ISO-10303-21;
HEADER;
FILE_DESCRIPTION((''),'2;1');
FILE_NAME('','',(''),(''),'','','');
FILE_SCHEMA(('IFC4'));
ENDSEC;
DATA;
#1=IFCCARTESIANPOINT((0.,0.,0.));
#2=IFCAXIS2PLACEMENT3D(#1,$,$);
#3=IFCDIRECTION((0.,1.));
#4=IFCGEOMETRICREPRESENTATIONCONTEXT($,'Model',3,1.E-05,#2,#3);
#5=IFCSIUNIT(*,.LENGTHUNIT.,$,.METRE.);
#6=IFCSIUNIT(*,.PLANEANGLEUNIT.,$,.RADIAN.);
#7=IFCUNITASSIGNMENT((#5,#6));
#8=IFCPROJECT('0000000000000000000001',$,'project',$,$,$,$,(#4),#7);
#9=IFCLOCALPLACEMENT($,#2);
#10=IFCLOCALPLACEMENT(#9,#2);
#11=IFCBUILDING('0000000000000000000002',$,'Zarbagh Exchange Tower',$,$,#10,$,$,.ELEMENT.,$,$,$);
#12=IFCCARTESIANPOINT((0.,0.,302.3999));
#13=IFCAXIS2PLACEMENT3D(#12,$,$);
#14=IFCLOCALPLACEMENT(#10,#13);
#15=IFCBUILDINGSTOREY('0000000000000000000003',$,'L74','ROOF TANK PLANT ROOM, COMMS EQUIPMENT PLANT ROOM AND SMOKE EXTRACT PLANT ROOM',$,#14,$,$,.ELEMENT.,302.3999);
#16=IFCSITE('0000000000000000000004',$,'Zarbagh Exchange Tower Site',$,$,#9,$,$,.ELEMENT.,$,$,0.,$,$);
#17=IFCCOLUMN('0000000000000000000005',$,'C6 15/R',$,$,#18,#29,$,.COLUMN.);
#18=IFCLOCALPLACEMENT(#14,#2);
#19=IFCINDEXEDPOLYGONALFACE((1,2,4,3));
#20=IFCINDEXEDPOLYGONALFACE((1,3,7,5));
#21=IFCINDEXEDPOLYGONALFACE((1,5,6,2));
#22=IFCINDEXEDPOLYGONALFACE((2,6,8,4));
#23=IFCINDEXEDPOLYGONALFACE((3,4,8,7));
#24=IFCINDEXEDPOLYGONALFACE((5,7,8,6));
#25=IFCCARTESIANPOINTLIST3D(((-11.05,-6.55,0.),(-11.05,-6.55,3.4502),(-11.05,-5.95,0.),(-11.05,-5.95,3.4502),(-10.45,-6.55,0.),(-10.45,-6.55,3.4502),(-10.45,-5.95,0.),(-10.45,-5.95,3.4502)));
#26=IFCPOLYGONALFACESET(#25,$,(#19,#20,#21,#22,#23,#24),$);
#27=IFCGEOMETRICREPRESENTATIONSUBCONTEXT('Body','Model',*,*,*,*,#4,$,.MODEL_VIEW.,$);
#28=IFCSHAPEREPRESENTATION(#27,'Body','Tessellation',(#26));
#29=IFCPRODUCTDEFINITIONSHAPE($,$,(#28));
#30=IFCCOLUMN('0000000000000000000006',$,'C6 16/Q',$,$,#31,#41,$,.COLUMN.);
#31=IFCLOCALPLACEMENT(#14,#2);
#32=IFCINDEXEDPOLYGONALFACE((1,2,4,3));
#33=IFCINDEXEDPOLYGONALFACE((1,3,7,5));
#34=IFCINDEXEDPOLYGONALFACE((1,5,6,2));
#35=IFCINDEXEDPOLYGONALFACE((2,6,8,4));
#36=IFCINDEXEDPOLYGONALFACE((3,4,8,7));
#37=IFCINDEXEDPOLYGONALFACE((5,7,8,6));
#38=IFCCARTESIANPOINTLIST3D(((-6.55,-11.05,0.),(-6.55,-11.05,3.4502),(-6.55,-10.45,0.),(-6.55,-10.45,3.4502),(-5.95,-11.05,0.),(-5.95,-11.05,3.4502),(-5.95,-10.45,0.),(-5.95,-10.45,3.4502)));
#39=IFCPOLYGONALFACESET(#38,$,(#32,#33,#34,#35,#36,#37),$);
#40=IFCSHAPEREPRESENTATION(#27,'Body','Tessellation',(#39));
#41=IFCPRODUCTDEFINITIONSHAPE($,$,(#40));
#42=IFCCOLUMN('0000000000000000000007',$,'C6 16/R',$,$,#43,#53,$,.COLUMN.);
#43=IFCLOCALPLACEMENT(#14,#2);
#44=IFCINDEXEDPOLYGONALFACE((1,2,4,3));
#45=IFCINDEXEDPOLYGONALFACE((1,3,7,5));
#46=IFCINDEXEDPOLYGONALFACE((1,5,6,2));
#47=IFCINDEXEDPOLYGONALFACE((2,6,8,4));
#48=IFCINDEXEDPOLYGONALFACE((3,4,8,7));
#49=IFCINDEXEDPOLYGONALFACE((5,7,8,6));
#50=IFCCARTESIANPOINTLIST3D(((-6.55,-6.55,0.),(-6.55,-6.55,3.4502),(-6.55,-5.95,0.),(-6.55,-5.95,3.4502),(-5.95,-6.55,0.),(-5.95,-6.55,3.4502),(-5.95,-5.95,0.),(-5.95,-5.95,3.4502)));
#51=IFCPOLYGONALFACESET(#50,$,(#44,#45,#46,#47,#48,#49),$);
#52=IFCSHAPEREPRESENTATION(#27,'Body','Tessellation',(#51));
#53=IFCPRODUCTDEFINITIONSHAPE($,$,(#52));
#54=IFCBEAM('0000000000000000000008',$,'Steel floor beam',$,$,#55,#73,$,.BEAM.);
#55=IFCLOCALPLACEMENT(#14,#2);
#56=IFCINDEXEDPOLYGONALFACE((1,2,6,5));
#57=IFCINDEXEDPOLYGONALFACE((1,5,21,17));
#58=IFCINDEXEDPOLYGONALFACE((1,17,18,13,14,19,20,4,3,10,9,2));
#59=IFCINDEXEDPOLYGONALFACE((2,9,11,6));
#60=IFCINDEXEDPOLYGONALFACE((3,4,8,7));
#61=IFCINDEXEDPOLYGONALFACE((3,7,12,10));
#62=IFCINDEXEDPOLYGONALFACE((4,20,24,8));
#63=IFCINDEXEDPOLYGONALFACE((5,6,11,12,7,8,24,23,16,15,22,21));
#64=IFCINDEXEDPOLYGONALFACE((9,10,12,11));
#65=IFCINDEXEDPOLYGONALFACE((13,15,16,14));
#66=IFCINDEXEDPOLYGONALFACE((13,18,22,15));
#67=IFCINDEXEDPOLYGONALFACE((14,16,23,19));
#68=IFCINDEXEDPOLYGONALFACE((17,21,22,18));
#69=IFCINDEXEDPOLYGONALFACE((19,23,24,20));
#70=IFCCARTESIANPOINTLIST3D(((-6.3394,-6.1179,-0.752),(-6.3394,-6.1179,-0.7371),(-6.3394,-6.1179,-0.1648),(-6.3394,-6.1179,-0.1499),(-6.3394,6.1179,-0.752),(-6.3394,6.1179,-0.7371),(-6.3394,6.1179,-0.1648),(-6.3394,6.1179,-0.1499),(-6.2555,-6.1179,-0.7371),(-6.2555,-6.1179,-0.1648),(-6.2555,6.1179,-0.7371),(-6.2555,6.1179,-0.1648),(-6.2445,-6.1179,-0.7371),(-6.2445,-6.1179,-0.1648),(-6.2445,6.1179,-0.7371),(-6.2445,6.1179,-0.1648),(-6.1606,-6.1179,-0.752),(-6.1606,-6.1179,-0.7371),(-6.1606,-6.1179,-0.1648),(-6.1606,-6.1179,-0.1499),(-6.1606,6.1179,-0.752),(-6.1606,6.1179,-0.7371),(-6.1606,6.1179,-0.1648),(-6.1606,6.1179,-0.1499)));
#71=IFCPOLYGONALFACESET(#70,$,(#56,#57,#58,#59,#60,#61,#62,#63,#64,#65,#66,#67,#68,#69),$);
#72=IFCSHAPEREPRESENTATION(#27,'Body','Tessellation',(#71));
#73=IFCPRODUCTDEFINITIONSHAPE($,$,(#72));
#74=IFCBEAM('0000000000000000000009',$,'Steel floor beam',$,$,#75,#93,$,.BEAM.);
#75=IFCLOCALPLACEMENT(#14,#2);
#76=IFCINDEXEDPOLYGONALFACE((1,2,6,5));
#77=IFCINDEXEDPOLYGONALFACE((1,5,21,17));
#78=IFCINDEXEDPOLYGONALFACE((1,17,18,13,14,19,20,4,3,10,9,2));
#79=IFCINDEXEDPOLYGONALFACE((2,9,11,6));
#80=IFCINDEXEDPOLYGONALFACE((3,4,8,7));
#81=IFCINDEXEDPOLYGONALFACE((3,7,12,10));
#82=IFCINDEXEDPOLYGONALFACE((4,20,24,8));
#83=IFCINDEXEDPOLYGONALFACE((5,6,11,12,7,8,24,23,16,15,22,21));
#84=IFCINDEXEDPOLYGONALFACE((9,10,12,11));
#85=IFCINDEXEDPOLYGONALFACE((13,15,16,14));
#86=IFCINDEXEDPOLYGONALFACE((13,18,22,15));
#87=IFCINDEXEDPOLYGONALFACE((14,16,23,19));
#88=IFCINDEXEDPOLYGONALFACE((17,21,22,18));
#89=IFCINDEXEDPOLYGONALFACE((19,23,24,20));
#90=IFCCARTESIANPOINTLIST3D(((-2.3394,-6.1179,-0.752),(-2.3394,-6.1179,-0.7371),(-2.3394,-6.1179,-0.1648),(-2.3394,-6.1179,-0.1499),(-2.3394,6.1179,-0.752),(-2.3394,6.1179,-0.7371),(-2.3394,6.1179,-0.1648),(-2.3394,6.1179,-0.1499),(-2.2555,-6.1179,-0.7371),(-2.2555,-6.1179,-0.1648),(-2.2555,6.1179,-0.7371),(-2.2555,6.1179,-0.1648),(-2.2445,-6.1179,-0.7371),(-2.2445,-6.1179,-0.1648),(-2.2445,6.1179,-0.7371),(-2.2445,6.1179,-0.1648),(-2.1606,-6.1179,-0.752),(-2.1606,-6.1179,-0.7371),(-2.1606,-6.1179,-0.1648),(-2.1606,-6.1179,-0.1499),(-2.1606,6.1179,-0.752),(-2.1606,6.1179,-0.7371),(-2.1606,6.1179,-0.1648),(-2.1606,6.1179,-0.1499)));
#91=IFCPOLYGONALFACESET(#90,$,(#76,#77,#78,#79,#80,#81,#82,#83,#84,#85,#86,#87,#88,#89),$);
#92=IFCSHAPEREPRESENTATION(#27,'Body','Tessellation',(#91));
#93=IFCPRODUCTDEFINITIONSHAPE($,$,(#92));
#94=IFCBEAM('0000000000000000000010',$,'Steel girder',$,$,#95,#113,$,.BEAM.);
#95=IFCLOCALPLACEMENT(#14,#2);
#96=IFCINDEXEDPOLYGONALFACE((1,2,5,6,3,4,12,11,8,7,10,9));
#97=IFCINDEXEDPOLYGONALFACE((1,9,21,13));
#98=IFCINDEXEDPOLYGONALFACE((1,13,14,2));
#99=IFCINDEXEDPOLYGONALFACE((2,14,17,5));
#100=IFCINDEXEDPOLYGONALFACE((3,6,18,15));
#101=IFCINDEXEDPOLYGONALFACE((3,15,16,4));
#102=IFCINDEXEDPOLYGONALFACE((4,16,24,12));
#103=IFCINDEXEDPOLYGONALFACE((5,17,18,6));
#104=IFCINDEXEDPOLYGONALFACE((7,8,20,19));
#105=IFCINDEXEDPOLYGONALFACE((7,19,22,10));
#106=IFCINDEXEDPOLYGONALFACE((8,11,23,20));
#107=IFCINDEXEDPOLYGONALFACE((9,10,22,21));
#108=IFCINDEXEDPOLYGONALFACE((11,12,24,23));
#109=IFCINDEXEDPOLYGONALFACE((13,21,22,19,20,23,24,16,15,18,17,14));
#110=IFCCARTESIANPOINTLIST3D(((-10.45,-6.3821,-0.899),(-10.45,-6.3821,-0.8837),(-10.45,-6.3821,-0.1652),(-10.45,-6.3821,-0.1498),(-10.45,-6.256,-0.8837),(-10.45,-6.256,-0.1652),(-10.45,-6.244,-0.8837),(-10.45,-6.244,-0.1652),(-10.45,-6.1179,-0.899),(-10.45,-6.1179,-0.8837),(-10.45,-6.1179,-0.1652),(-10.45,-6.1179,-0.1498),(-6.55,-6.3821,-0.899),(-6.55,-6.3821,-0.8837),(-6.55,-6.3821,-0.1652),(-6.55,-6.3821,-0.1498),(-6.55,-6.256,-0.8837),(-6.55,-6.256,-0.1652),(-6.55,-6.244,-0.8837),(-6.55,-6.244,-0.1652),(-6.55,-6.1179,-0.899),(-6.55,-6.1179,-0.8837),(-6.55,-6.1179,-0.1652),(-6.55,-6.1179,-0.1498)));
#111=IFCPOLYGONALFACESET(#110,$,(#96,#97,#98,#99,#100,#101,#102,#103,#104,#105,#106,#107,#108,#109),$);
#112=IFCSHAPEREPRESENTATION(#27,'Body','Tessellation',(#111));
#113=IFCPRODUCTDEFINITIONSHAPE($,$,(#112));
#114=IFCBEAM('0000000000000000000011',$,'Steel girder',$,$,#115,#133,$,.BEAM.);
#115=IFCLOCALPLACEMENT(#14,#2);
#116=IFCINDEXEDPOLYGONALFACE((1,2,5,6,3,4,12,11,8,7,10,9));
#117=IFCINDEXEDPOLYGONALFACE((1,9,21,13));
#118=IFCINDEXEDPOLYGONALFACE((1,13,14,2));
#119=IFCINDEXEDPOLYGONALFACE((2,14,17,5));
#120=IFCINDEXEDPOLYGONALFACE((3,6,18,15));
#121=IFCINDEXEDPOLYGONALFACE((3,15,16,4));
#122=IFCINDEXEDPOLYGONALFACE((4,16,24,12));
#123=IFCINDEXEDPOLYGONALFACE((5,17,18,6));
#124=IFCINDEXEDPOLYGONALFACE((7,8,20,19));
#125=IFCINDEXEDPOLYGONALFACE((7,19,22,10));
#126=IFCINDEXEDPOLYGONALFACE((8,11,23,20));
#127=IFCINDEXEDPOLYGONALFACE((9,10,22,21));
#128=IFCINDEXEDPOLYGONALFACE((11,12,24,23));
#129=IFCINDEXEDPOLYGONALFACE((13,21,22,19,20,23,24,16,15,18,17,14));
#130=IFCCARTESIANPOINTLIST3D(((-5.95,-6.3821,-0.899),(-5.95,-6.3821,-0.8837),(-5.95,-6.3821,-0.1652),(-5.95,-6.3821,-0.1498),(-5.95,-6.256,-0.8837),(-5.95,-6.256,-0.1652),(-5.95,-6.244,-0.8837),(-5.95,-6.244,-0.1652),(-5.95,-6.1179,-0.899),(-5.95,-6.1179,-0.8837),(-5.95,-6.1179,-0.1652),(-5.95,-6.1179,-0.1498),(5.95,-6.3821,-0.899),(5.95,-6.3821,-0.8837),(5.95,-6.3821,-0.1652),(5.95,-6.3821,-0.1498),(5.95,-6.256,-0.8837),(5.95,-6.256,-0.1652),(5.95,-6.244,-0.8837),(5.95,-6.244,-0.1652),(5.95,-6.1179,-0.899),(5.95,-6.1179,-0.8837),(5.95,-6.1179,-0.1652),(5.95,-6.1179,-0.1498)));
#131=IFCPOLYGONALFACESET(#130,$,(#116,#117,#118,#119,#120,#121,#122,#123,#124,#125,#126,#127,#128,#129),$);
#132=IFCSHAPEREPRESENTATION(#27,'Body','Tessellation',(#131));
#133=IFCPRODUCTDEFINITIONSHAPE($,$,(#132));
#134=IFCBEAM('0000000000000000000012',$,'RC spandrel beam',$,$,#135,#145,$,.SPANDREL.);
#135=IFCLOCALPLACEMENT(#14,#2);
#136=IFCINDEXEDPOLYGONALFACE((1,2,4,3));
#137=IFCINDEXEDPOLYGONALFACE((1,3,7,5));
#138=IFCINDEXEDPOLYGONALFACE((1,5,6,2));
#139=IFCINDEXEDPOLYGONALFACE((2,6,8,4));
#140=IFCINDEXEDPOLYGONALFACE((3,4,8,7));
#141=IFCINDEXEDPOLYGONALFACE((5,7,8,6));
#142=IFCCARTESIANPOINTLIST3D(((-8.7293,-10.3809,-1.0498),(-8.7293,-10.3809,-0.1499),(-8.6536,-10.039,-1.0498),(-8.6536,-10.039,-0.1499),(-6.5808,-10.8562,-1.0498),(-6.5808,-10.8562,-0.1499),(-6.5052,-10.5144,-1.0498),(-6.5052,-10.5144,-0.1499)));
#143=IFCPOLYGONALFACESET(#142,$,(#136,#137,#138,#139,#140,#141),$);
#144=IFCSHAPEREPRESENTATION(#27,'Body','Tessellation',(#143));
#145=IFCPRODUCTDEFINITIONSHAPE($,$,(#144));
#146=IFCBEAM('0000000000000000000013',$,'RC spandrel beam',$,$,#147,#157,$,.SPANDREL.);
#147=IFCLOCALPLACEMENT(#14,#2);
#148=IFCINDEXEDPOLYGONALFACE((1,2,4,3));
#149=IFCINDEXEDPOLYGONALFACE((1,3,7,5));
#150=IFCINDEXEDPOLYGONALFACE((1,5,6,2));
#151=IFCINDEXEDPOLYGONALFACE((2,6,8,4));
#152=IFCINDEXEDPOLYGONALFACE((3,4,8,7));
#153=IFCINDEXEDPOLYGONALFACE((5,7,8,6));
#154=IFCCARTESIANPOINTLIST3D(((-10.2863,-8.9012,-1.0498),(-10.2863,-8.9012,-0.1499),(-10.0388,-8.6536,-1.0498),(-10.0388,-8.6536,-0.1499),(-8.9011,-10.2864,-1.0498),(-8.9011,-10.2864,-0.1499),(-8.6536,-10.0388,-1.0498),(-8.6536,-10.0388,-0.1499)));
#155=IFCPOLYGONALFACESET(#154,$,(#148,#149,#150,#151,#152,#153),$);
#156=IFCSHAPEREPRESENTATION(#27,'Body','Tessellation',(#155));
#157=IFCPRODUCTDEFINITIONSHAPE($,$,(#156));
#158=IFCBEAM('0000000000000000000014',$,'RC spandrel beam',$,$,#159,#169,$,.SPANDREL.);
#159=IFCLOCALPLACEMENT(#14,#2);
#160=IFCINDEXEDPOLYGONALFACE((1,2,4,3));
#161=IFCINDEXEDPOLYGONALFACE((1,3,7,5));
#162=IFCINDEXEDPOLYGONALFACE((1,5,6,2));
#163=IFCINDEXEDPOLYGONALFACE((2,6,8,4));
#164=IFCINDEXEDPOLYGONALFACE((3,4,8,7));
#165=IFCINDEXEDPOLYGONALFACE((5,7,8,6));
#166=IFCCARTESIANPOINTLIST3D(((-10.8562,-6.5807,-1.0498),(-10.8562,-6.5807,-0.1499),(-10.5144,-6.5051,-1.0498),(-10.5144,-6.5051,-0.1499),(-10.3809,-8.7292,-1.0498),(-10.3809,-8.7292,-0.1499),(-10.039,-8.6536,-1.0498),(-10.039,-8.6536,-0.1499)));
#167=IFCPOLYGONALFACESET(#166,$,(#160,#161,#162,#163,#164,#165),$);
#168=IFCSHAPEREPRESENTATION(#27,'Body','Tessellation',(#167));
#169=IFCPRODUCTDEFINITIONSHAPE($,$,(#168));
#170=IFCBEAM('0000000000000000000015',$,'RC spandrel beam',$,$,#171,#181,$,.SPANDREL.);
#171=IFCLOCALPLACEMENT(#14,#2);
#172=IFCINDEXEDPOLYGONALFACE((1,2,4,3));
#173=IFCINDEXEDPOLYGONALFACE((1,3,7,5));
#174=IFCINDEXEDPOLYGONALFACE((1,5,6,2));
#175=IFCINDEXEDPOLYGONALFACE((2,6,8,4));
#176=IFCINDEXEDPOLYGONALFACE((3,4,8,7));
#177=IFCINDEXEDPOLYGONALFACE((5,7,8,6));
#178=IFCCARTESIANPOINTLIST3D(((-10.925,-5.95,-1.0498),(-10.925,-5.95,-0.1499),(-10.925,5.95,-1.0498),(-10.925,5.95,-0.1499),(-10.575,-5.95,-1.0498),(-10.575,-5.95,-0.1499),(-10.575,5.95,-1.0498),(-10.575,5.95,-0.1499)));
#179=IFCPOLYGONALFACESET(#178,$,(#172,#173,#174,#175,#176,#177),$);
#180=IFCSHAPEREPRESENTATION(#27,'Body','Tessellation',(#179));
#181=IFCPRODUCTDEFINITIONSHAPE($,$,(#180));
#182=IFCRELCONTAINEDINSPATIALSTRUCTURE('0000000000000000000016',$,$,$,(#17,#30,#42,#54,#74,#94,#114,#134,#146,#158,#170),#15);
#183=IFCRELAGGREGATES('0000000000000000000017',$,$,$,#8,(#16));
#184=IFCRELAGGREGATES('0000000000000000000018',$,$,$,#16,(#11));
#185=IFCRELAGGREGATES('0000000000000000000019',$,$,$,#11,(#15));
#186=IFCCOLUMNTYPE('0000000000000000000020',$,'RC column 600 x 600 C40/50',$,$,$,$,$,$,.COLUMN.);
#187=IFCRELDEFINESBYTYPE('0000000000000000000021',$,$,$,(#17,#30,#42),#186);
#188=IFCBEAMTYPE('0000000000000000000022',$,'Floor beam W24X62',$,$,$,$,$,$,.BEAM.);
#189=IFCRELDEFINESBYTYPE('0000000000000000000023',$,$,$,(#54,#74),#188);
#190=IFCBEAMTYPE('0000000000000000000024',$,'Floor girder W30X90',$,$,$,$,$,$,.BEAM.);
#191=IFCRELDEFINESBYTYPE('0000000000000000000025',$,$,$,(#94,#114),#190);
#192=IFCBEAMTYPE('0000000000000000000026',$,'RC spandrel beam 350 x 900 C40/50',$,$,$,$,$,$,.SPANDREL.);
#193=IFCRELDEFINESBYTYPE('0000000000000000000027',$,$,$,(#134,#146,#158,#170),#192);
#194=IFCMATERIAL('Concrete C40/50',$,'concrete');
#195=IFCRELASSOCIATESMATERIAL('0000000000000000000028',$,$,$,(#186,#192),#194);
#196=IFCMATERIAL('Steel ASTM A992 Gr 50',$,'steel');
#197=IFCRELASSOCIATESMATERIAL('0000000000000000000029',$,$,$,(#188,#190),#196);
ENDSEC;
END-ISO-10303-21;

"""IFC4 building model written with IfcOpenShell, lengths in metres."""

from ifc_helpers import new_model, si_unit, direction, frame, origin, origin_2d, place, context, subcontext, project, spatial, rectangle, i_section, extrude, material, material_profile, profile_set, type_object, element, save


model = new_model("IFC4")

# Units and contexts
model_context = context("Model", 3, precision=1e-05, world=origin(), true_north=direction((0.0, 1.0)))
body_context = subcontext(model_context, "Body", "Model", "MODEL_VIEW")
ifc_project = project(units=[si_unit("LENGTHUNIT", "METRE"), si_unit("PLANEANGLEUNIT", "RADIAN")], contexts=[model_context])

# Site, building, storey
site_placement = place(None, origin())
site = spatial("IfcSite", under=ifc_project, at=site_placement, Name="Zarbagh Exchange Tower Site", CompositionType="ELEMENT", RefElevation=0.0)
building_placement = place(site_placement, origin())
building = spatial("IfcBuilding", under=site, at=building_placement, Name="Zarbagh Exchange Tower", CompositionType="ELEMENT")
storey_placement = place(building_placement, frame((0.0, 0.0, 302.3999)))
storey = spatial("IfcBuildingStorey", under=building, at=storey_placement, Name="L74", Description="ROOF TANK PLANT ROOM, COMMS EQUIPMENT PLANT ROOM AND SMOKE EXTRACT PLANT ROOM", CompositionType="ELEMENT", Elevation=302.3999)

# Columns
ifc_material_1 = material(Name="Concrete C40/50", Category="concrete")
ifc_material_profile_1 = material_profile(ifc_material_1, rectangle(XDim=0.6001, YDim=0.6001, at=origin_2d()), Name="RC column 600 x 600 C40/50")
ifc_profile_set_1 = profile_set([ifc_material_profile_1], Name="Concrete C40/50")
column_type = type_object("IfcColumnType", Name="RC column 600 x 600 C40/50", PredefinedType="COLUMN", material=ifc_profile_set_1)
for number, where, z_axis, x_axis, name in (
    (1, (-10.75, -6.25, 0.0), (0.0, 0.0, 1.0), (1.0, 0.0, 0.0), "C6 15/R"),
    (2, (-6.25, -10.75, 0.0), (0.0, 0.0, 1.0), (1.0, 0.0, 0.0), "C6 16/Q"),
    (3, (-6.25, -6.25, 0.0), (0.0, 0.0, 1.0), (1.0, 0.0, 0.0), "C6 16/R"),
):
    element("IfcColumn", number, at=place(storey_placement, frame(where, z_axis=z_axis, x_axis=x_axis)), inside=storey, type_object=column_type, Name=name, PredefinedType="COLUMN", context=body_context, shape_type="SweptSolid", body=[
        extrude(rectangle(XDim=0.6001, YDim=0.6001, at=origin_2d()), origin(), (0.0, 0.0, 1.0), 3.4502),
    ])

# Beams
ifc_material_2 = material(Name="Steel ASTM A992 Gr 50", Category="steel")
ifc_material_profile_2 = material_profile(ifc_material_2, i_section(OverallWidth=0.1787, OverallDepth=0.6021, WebThickness=0.011, FlangeThickness=0.0149, at=origin_2d()), Name="W24X62")
ifc_profile_set_2 = profile_set([ifc_material_profile_2], Name="Steel ASTM A992 Gr 50")
beam_type_1 = type_object("IfcBeamType", Name="Floor beam W24X62", PredefinedType="BEAM", material=ifc_profile_set_2)
for number, where, z_axis, x_axis, name in (
    (4, (-6.25, -6.1179, -0.4509), (0.0, 1.0, 0.0), (-1.0, 0.0, 0.0), "Steel floor beam"),
    (5, (-2.25, -6.1179, -0.4509), (0.0, 1.0, 0.0), (-1.0, 0.0, 0.0), "Steel floor beam"),
):
    element("IfcBeam", number, at=place(storey_placement, frame(where, z_axis=z_axis, x_axis=x_axis)), inside=storey, type_object=beam_type_1, Name=name, PredefinedType="BEAM", context=body_context, shape_type="SweptSolid", body=[
        extrude(i_section(OverallWidth=0.1787, OverallDepth=0.6021, WebThickness=0.011, FlangeThickness=0.0149, at=origin_2d()), origin(), (0.0, 0.0, 1.0), 12.2358),
    ])
ifc_material_profile_3 = material_profile(ifc_material_2, i_section(OverallWidth=0.2642, OverallDepth=0.7493, WebThickness=0.012, FlangeThickness=0.0154, at=origin_2d()), Name="W30X90")
ifc_profile_set_3 = profile_set([ifc_material_profile_3], Name="Steel ASTM A992 Gr 50")
beam_type_2 = type_object("IfcBeamType", Name="Floor girder W30X90", PredefinedType="BEAM", material=ifc_profile_set_3)
beam_1_placement = place(storey_placement, frame((-10.45, -6.25, -0.5244), z_axis=(1.0, 0.0, 0.0), x_axis=(0.0, 1.0, 0.0)))
element("IfcBeam", 6, at=beam_1_placement, inside=storey, type_object=beam_type_2, Name="Steel girder", PredefinedType="BEAM", context=body_context, shape_type="SweptSolid", body=[
    extrude(i_section(OverallWidth=0.2642, OverallDepth=0.7493, WebThickness=0.012, FlangeThickness=0.0154, at=origin_2d()), origin(), (0.0, 0.0, 1.0), 3.8999),
])
beam_2_placement = place(storey_placement, frame((-5.95, -6.25, -0.5244), z_axis=(1.0, 0.0, 0.0), x_axis=(0.0, 1.0, 0.0)))
element("IfcBeam", 7, at=beam_2_placement, inside=storey, type_object=beam_type_2, Name="Steel girder", PredefinedType="BEAM", context=body_context, shape_type="SweptSolid", body=[
    extrude(i_section(OverallWidth=0.2642, OverallDepth=0.7493, WebThickness=0.012, FlangeThickness=0.0154, at=origin_2d()), origin(), (0.0, 0.0, 1.0), 11.8999),
])
ifc_material_profile_4 = material_profile(ifc_material_1, rectangle(XDim=0.3501, YDim=0.8999, at=origin_2d()), Name="RC spandrel beam 350 x 900 C40/50")
ifc_profile_set_4 = profile_set([ifc_material_profile_4], Name="Concrete C40/50")
beam_type_3 = type_object("IfcBeamType", Name="RC spandrel beam 350 x 900 C40/50", PredefinedType="SPANDREL", material=ifc_profile_set_4)
beam_3_placement = place(storey_placement, frame((-6.543, -10.6853, -0.5999), z_axis=(-0.976388, 0.216026, 0.0), x_axis=(-0.216026, -0.976388, 0.0)))
element("IfcBeam", 8, at=beam_3_placement, inside=storey, type_object=beam_type_3, Name="RC spandrel beam", PredefinedType="SPANDREL", context=body_context, shape_type="SweptSolid", body=[
    extrude(rectangle(XDim=0.3501, YDim=0.8999, at=origin_2d()), origin(), (0.0, 0.0, 1.0), 2.2004),
])
beam_4_placement = place(storey_placement, frame((-8.7773, -10.1626, -0.5999), z_axis=(-0.707107, 0.707107, 0.0), x_axis=(-0.707107, -0.707107, 0.0)))
element("IfcBeam", 9, at=beam_4_placement, inside=storey, type_object=beam_type_3, Name="RC spandrel beam", PredefinedType="SPANDREL", context=body_context, shape_type="SweptSolid", body=[
    extrude(rectangle(XDim=0.3501, YDim=0.8999, at=origin_2d()), origin(), (0.0, 0.0, 1.0), 1.959),
])
beam_5_placement = place(storey_placement, frame((-10.21, -8.6914, -0.5999), z_axis=(-0.216026, 0.976388, 0.0), x_axis=(-0.976388, -0.216026, 0.0)))
element("IfcBeam", 10, at=beam_5_placement, inside=storey, type_object=beam_type_3, Name="RC spandrel beam", PredefinedType="SPANDREL", context=body_context, shape_type="SweptSolid", body=[
    extrude(rectangle(XDim=0.3501, YDim=0.8999, at=origin_2d()), origin(), (0.0, 0.0, 1.0), 2.2004),
])
beam_6_placement = place(storey_placement, frame((-10.75, -5.95, -0.5999), z_axis=(0.0, 1.0, 0.0), x_axis=(-1.0, 0.0, 0.0)))
element("IfcBeam", 11, at=beam_6_placement, inside=storey, type_object=beam_type_3, Name="RC spandrel beam", PredefinedType="SPANDREL", context=body_context, shape_type="SweptSolid", body=[
    extrude(rectangle(XDim=0.3501, YDim=0.8999, at=origin_2d()), origin(), (0.0, 0.0, 1.0), 11.8999),
])

save(model, "model.ifc")
